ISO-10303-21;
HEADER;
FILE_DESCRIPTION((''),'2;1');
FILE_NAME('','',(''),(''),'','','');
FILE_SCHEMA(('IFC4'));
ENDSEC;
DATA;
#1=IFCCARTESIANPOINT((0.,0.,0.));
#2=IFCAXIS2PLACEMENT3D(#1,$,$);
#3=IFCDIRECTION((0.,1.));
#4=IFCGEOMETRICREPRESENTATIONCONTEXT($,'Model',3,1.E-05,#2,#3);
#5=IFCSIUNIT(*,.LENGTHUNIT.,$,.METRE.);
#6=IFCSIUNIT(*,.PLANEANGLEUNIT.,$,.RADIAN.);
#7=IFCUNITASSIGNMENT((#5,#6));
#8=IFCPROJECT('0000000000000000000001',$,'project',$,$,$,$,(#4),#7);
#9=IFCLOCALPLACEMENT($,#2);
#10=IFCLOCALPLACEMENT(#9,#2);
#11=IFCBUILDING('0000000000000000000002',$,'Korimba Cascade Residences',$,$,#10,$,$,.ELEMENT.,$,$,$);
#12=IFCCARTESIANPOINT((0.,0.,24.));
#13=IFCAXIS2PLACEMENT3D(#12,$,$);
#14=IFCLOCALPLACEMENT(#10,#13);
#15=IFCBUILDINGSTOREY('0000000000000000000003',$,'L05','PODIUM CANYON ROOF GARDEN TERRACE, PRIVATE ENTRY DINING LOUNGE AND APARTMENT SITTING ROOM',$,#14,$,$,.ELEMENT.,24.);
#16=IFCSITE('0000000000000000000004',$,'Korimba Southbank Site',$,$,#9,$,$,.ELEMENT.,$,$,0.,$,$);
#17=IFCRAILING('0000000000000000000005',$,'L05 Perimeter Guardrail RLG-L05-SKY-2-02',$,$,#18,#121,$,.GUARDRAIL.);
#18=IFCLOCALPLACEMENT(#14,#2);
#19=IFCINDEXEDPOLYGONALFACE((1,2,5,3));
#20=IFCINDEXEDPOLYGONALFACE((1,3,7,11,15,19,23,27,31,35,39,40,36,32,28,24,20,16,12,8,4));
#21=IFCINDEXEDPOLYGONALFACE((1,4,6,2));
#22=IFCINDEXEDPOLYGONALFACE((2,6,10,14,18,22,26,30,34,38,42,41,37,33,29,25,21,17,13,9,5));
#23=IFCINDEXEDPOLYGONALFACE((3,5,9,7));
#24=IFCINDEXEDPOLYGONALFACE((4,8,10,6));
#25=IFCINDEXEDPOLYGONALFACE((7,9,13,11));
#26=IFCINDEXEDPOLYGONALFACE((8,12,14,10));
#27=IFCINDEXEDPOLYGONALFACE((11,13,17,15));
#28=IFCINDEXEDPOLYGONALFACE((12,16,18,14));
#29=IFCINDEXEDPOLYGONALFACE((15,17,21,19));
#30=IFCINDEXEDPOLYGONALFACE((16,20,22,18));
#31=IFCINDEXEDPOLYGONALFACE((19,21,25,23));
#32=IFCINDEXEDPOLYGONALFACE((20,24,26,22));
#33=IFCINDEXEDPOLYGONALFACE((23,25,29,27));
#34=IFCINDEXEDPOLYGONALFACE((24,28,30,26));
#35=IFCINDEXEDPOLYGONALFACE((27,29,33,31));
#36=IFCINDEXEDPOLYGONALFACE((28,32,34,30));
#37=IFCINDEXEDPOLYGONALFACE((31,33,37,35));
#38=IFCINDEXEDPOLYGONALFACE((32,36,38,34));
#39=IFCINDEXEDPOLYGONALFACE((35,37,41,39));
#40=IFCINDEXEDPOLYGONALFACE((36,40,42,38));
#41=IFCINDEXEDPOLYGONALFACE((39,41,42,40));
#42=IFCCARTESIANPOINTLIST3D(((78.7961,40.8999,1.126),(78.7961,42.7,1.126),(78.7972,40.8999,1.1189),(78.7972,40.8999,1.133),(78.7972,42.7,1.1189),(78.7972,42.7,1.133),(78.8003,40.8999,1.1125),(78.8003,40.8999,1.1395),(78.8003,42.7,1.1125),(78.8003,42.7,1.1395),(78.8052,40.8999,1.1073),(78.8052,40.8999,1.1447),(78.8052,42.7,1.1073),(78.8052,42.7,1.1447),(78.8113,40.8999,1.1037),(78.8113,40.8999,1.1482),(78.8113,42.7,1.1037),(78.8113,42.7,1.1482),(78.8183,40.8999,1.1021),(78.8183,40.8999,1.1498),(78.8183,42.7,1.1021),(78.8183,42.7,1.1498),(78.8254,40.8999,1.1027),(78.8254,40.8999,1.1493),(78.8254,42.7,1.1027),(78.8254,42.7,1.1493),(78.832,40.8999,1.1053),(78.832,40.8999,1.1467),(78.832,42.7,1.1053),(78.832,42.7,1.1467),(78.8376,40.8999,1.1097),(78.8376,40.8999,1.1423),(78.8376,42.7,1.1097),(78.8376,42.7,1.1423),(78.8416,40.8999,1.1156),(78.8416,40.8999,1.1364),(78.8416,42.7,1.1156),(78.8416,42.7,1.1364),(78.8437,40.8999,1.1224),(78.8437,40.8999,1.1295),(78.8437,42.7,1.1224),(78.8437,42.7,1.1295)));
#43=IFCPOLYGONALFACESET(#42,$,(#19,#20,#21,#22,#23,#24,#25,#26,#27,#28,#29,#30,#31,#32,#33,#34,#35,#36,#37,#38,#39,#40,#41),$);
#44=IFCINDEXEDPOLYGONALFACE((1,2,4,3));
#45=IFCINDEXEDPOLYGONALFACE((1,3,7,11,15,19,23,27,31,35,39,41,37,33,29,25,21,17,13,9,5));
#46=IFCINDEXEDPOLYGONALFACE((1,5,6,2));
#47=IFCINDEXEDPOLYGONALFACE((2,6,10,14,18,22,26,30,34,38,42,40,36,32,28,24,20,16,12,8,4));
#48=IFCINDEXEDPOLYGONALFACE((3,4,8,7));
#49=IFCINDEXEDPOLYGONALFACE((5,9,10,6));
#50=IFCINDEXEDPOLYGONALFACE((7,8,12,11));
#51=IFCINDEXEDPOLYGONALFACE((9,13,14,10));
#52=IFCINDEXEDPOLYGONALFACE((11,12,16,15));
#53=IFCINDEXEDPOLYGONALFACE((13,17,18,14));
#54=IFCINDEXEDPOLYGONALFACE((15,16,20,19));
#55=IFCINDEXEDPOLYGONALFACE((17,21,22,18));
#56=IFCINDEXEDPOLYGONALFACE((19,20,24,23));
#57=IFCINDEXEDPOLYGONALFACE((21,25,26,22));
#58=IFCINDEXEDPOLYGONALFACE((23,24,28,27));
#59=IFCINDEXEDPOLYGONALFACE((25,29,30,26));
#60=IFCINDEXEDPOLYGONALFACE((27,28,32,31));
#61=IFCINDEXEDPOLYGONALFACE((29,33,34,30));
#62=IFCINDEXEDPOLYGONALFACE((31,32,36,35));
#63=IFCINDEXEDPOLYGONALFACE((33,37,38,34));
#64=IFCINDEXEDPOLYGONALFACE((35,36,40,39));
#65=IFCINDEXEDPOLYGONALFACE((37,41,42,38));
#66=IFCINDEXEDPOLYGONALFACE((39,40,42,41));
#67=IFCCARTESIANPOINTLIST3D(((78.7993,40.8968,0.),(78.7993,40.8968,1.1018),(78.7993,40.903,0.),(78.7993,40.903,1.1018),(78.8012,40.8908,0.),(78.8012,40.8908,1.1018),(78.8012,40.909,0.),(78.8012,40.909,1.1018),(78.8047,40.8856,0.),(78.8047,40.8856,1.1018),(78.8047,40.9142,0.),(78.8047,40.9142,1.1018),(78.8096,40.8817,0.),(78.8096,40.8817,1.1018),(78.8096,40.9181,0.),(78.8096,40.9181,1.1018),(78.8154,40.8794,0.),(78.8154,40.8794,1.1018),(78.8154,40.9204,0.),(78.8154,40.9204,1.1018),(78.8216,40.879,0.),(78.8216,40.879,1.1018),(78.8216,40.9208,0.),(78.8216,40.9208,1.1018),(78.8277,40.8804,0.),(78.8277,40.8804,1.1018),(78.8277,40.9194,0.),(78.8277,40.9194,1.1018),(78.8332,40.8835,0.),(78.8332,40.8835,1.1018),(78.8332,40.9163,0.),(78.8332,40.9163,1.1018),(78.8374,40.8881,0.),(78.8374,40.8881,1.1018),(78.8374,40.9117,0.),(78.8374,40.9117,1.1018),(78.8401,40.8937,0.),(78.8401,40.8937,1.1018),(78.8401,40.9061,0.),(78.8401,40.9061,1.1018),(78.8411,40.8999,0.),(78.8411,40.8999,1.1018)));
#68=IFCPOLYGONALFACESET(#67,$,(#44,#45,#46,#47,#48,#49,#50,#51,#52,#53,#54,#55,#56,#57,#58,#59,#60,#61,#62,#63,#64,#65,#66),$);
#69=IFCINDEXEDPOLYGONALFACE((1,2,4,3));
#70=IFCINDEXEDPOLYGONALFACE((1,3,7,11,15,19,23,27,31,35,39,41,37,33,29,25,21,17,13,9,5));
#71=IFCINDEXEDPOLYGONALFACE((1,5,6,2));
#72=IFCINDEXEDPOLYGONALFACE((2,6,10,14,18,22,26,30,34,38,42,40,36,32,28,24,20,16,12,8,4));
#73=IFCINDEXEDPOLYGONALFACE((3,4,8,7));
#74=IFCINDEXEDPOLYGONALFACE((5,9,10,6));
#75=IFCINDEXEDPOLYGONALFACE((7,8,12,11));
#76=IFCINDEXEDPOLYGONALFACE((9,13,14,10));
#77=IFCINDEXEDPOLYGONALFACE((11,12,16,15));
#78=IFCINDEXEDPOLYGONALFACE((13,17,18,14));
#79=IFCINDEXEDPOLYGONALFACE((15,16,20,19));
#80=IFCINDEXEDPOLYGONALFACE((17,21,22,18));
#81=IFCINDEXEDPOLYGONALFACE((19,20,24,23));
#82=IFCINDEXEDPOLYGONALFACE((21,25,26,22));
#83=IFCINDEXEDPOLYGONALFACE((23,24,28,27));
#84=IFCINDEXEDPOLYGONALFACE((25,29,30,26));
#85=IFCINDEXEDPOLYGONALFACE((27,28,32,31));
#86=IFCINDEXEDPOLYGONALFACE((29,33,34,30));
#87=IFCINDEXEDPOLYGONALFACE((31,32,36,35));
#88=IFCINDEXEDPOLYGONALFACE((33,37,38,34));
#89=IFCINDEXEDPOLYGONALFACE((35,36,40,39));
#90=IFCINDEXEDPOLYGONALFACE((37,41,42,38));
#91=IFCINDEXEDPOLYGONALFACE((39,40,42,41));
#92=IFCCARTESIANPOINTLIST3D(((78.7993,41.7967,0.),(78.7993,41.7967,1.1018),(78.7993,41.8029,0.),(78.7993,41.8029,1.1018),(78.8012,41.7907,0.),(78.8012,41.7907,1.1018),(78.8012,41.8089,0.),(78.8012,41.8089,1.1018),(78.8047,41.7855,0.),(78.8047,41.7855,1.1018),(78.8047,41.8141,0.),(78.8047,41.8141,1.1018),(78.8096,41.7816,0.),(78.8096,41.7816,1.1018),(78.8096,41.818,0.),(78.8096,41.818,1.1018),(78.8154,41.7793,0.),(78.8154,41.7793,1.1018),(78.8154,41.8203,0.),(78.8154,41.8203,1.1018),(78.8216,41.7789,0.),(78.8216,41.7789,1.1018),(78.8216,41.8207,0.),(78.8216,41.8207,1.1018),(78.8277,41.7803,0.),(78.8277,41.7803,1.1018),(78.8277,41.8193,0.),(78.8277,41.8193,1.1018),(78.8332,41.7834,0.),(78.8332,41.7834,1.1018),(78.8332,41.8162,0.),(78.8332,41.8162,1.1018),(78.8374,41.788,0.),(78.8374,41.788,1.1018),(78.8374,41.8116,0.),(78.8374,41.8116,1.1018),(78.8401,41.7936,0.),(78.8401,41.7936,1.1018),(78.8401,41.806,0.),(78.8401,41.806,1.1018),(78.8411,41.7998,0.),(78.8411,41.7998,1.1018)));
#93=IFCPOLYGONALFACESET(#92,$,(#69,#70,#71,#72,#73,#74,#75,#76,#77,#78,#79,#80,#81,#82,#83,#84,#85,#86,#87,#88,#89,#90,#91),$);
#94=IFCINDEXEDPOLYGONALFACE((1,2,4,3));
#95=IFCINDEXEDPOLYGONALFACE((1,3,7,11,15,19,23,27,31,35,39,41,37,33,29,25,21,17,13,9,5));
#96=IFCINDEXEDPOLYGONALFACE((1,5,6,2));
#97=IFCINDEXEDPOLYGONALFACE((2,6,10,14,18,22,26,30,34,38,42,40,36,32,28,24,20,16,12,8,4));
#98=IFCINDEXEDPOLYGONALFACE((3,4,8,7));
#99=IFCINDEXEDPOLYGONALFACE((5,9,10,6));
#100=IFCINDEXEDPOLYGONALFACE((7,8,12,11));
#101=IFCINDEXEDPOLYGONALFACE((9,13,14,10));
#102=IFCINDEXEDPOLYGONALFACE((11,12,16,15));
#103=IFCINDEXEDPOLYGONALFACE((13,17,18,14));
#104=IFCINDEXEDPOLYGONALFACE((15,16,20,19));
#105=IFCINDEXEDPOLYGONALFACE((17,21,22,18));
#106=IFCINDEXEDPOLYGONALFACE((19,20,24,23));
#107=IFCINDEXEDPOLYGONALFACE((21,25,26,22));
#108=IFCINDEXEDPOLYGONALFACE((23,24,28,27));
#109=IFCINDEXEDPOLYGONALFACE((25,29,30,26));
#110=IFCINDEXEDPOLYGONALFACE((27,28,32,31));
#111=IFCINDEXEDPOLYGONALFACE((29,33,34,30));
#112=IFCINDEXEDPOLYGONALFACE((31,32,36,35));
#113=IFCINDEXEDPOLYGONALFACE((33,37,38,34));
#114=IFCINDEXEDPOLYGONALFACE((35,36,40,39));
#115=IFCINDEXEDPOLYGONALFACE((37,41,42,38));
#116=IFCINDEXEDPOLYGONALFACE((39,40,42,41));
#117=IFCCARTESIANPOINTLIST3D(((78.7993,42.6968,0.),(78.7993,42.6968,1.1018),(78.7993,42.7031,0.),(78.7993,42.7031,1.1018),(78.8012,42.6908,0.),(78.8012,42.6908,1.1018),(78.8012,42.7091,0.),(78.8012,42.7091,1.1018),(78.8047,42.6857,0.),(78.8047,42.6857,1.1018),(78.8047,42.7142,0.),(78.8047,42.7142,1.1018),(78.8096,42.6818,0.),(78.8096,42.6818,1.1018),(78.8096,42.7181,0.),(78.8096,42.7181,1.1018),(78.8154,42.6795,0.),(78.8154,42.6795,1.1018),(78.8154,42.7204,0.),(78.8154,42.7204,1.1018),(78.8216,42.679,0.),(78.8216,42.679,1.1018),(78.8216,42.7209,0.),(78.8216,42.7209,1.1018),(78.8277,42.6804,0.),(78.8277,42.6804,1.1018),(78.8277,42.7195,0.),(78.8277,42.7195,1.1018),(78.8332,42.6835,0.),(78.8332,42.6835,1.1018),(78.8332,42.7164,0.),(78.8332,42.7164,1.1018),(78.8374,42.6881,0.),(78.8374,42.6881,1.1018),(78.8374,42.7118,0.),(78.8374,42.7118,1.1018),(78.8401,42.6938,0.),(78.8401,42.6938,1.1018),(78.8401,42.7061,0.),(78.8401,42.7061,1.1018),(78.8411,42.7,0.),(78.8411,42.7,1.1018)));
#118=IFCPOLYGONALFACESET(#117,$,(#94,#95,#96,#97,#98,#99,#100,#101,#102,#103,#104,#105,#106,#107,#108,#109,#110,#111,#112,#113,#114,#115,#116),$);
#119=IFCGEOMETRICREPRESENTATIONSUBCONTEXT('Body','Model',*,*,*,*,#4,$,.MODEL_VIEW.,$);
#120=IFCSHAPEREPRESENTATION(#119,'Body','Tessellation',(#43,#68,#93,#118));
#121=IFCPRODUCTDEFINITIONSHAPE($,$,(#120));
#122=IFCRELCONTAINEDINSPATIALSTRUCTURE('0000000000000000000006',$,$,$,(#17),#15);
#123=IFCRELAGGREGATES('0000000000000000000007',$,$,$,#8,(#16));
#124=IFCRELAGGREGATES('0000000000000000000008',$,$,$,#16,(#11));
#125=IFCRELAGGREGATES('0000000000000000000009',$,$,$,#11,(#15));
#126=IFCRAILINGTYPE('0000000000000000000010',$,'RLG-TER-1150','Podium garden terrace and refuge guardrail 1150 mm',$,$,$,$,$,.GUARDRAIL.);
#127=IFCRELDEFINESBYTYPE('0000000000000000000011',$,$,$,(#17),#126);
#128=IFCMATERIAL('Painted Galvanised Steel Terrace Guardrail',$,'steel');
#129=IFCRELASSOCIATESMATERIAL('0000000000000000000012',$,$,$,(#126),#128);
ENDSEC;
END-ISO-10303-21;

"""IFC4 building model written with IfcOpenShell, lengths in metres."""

from ifc_helpers import new_model, si_unit, direction, frame, origin, origin_2d, place, context, subcontext, project, spatial, circle, extrude, material, type_object, element, save


model = new_model("IFC4")

# Units and contexts
model_context = context("Model", 3, precision=1e-05, world=origin(), true_north=direction((0.0, 1.0)))
body_context = subcontext(model_context, "Body", "Model", "MODEL_VIEW")
ifc_project = project(units=[si_unit("LENGTHUNIT", "METRE"), si_unit("PLANEANGLEUNIT", "RADIAN")], contexts=[model_context])

# Site, building, storey
site_placement = place(None, origin())
site = spatial("IfcSite", under=ifc_project, at=site_placement, Name="Korimba Southbank Site", CompositionType="ELEMENT", RefElevation=0.0)
building_placement = place(site_placement, origin())
building = spatial("IfcBuilding", under=site, at=building_placement, Name="Korimba Cascade Residences", CompositionType="ELEMENT")
storey_placement = place(building_placement, frame((0.0, 0.0, 24.0)))
storey = spatial("IfcBuildingStorey", under=building, at=storey_placement, Name="L05", Description="PODIUM CANYON ROOF GARDEN TERRACE, PRIVATE ENTRY DINING LOUNGE AND APARTMENT SITTING ROOM", CompositionType="ELEMENT", Elevation=24.0)

# Railing
ifc_material_1 = material(Name="Painted Galvanised Steel Terrace Guardrail", Category="steel")
railing_type_1 = type_object("IfcRailingType", Name="RLG-TER-1150", Description="Podium garden terrace and refuge guardrail 1150 mm", PredefinedType="GUARDRAIL", material=ifc_material_1)
railing_1_placement = place(storey_placement, frame((78.8201, 40.8999, 0.0)))
element("IfcRailing", 1, at=railing_1_placement, inside=storey, type_object=railing_type_1, Name="L05 Perimeter Guardrail RLG-L05-SKY-2-02", PredefinedType="GUARDRAIL", context=body_context, shape_type="SweptSolid", body=[
    extrude(circle(Radius=0.0239, at=origin_2d()), frame((0.0, 0.0, 1.126), z_axis=(0.0, 1.0, 0.0), x_axis=(-1.0, 0.0, 0.0)), (0.0, 0.0, 1.0), 1.8),
    extrude(circle(Radius=0.021, at=origin_2d()), origin(), (0.0, 0.0, 1.0), 1.1018),
    extrude(circle(Radius=0.021, at=origin_2d()), frame((0.0, 0.8999, 0.0)), (0.0, 0.0, 1.0), 1.1018),
    extrude(circle(Radius=0.021, at=origin_2d()), frame((0.0, 1.8, 0.0)), (0.0, 0.0, 1.0), 1.1018),
])

save(model, "model.ifc")
